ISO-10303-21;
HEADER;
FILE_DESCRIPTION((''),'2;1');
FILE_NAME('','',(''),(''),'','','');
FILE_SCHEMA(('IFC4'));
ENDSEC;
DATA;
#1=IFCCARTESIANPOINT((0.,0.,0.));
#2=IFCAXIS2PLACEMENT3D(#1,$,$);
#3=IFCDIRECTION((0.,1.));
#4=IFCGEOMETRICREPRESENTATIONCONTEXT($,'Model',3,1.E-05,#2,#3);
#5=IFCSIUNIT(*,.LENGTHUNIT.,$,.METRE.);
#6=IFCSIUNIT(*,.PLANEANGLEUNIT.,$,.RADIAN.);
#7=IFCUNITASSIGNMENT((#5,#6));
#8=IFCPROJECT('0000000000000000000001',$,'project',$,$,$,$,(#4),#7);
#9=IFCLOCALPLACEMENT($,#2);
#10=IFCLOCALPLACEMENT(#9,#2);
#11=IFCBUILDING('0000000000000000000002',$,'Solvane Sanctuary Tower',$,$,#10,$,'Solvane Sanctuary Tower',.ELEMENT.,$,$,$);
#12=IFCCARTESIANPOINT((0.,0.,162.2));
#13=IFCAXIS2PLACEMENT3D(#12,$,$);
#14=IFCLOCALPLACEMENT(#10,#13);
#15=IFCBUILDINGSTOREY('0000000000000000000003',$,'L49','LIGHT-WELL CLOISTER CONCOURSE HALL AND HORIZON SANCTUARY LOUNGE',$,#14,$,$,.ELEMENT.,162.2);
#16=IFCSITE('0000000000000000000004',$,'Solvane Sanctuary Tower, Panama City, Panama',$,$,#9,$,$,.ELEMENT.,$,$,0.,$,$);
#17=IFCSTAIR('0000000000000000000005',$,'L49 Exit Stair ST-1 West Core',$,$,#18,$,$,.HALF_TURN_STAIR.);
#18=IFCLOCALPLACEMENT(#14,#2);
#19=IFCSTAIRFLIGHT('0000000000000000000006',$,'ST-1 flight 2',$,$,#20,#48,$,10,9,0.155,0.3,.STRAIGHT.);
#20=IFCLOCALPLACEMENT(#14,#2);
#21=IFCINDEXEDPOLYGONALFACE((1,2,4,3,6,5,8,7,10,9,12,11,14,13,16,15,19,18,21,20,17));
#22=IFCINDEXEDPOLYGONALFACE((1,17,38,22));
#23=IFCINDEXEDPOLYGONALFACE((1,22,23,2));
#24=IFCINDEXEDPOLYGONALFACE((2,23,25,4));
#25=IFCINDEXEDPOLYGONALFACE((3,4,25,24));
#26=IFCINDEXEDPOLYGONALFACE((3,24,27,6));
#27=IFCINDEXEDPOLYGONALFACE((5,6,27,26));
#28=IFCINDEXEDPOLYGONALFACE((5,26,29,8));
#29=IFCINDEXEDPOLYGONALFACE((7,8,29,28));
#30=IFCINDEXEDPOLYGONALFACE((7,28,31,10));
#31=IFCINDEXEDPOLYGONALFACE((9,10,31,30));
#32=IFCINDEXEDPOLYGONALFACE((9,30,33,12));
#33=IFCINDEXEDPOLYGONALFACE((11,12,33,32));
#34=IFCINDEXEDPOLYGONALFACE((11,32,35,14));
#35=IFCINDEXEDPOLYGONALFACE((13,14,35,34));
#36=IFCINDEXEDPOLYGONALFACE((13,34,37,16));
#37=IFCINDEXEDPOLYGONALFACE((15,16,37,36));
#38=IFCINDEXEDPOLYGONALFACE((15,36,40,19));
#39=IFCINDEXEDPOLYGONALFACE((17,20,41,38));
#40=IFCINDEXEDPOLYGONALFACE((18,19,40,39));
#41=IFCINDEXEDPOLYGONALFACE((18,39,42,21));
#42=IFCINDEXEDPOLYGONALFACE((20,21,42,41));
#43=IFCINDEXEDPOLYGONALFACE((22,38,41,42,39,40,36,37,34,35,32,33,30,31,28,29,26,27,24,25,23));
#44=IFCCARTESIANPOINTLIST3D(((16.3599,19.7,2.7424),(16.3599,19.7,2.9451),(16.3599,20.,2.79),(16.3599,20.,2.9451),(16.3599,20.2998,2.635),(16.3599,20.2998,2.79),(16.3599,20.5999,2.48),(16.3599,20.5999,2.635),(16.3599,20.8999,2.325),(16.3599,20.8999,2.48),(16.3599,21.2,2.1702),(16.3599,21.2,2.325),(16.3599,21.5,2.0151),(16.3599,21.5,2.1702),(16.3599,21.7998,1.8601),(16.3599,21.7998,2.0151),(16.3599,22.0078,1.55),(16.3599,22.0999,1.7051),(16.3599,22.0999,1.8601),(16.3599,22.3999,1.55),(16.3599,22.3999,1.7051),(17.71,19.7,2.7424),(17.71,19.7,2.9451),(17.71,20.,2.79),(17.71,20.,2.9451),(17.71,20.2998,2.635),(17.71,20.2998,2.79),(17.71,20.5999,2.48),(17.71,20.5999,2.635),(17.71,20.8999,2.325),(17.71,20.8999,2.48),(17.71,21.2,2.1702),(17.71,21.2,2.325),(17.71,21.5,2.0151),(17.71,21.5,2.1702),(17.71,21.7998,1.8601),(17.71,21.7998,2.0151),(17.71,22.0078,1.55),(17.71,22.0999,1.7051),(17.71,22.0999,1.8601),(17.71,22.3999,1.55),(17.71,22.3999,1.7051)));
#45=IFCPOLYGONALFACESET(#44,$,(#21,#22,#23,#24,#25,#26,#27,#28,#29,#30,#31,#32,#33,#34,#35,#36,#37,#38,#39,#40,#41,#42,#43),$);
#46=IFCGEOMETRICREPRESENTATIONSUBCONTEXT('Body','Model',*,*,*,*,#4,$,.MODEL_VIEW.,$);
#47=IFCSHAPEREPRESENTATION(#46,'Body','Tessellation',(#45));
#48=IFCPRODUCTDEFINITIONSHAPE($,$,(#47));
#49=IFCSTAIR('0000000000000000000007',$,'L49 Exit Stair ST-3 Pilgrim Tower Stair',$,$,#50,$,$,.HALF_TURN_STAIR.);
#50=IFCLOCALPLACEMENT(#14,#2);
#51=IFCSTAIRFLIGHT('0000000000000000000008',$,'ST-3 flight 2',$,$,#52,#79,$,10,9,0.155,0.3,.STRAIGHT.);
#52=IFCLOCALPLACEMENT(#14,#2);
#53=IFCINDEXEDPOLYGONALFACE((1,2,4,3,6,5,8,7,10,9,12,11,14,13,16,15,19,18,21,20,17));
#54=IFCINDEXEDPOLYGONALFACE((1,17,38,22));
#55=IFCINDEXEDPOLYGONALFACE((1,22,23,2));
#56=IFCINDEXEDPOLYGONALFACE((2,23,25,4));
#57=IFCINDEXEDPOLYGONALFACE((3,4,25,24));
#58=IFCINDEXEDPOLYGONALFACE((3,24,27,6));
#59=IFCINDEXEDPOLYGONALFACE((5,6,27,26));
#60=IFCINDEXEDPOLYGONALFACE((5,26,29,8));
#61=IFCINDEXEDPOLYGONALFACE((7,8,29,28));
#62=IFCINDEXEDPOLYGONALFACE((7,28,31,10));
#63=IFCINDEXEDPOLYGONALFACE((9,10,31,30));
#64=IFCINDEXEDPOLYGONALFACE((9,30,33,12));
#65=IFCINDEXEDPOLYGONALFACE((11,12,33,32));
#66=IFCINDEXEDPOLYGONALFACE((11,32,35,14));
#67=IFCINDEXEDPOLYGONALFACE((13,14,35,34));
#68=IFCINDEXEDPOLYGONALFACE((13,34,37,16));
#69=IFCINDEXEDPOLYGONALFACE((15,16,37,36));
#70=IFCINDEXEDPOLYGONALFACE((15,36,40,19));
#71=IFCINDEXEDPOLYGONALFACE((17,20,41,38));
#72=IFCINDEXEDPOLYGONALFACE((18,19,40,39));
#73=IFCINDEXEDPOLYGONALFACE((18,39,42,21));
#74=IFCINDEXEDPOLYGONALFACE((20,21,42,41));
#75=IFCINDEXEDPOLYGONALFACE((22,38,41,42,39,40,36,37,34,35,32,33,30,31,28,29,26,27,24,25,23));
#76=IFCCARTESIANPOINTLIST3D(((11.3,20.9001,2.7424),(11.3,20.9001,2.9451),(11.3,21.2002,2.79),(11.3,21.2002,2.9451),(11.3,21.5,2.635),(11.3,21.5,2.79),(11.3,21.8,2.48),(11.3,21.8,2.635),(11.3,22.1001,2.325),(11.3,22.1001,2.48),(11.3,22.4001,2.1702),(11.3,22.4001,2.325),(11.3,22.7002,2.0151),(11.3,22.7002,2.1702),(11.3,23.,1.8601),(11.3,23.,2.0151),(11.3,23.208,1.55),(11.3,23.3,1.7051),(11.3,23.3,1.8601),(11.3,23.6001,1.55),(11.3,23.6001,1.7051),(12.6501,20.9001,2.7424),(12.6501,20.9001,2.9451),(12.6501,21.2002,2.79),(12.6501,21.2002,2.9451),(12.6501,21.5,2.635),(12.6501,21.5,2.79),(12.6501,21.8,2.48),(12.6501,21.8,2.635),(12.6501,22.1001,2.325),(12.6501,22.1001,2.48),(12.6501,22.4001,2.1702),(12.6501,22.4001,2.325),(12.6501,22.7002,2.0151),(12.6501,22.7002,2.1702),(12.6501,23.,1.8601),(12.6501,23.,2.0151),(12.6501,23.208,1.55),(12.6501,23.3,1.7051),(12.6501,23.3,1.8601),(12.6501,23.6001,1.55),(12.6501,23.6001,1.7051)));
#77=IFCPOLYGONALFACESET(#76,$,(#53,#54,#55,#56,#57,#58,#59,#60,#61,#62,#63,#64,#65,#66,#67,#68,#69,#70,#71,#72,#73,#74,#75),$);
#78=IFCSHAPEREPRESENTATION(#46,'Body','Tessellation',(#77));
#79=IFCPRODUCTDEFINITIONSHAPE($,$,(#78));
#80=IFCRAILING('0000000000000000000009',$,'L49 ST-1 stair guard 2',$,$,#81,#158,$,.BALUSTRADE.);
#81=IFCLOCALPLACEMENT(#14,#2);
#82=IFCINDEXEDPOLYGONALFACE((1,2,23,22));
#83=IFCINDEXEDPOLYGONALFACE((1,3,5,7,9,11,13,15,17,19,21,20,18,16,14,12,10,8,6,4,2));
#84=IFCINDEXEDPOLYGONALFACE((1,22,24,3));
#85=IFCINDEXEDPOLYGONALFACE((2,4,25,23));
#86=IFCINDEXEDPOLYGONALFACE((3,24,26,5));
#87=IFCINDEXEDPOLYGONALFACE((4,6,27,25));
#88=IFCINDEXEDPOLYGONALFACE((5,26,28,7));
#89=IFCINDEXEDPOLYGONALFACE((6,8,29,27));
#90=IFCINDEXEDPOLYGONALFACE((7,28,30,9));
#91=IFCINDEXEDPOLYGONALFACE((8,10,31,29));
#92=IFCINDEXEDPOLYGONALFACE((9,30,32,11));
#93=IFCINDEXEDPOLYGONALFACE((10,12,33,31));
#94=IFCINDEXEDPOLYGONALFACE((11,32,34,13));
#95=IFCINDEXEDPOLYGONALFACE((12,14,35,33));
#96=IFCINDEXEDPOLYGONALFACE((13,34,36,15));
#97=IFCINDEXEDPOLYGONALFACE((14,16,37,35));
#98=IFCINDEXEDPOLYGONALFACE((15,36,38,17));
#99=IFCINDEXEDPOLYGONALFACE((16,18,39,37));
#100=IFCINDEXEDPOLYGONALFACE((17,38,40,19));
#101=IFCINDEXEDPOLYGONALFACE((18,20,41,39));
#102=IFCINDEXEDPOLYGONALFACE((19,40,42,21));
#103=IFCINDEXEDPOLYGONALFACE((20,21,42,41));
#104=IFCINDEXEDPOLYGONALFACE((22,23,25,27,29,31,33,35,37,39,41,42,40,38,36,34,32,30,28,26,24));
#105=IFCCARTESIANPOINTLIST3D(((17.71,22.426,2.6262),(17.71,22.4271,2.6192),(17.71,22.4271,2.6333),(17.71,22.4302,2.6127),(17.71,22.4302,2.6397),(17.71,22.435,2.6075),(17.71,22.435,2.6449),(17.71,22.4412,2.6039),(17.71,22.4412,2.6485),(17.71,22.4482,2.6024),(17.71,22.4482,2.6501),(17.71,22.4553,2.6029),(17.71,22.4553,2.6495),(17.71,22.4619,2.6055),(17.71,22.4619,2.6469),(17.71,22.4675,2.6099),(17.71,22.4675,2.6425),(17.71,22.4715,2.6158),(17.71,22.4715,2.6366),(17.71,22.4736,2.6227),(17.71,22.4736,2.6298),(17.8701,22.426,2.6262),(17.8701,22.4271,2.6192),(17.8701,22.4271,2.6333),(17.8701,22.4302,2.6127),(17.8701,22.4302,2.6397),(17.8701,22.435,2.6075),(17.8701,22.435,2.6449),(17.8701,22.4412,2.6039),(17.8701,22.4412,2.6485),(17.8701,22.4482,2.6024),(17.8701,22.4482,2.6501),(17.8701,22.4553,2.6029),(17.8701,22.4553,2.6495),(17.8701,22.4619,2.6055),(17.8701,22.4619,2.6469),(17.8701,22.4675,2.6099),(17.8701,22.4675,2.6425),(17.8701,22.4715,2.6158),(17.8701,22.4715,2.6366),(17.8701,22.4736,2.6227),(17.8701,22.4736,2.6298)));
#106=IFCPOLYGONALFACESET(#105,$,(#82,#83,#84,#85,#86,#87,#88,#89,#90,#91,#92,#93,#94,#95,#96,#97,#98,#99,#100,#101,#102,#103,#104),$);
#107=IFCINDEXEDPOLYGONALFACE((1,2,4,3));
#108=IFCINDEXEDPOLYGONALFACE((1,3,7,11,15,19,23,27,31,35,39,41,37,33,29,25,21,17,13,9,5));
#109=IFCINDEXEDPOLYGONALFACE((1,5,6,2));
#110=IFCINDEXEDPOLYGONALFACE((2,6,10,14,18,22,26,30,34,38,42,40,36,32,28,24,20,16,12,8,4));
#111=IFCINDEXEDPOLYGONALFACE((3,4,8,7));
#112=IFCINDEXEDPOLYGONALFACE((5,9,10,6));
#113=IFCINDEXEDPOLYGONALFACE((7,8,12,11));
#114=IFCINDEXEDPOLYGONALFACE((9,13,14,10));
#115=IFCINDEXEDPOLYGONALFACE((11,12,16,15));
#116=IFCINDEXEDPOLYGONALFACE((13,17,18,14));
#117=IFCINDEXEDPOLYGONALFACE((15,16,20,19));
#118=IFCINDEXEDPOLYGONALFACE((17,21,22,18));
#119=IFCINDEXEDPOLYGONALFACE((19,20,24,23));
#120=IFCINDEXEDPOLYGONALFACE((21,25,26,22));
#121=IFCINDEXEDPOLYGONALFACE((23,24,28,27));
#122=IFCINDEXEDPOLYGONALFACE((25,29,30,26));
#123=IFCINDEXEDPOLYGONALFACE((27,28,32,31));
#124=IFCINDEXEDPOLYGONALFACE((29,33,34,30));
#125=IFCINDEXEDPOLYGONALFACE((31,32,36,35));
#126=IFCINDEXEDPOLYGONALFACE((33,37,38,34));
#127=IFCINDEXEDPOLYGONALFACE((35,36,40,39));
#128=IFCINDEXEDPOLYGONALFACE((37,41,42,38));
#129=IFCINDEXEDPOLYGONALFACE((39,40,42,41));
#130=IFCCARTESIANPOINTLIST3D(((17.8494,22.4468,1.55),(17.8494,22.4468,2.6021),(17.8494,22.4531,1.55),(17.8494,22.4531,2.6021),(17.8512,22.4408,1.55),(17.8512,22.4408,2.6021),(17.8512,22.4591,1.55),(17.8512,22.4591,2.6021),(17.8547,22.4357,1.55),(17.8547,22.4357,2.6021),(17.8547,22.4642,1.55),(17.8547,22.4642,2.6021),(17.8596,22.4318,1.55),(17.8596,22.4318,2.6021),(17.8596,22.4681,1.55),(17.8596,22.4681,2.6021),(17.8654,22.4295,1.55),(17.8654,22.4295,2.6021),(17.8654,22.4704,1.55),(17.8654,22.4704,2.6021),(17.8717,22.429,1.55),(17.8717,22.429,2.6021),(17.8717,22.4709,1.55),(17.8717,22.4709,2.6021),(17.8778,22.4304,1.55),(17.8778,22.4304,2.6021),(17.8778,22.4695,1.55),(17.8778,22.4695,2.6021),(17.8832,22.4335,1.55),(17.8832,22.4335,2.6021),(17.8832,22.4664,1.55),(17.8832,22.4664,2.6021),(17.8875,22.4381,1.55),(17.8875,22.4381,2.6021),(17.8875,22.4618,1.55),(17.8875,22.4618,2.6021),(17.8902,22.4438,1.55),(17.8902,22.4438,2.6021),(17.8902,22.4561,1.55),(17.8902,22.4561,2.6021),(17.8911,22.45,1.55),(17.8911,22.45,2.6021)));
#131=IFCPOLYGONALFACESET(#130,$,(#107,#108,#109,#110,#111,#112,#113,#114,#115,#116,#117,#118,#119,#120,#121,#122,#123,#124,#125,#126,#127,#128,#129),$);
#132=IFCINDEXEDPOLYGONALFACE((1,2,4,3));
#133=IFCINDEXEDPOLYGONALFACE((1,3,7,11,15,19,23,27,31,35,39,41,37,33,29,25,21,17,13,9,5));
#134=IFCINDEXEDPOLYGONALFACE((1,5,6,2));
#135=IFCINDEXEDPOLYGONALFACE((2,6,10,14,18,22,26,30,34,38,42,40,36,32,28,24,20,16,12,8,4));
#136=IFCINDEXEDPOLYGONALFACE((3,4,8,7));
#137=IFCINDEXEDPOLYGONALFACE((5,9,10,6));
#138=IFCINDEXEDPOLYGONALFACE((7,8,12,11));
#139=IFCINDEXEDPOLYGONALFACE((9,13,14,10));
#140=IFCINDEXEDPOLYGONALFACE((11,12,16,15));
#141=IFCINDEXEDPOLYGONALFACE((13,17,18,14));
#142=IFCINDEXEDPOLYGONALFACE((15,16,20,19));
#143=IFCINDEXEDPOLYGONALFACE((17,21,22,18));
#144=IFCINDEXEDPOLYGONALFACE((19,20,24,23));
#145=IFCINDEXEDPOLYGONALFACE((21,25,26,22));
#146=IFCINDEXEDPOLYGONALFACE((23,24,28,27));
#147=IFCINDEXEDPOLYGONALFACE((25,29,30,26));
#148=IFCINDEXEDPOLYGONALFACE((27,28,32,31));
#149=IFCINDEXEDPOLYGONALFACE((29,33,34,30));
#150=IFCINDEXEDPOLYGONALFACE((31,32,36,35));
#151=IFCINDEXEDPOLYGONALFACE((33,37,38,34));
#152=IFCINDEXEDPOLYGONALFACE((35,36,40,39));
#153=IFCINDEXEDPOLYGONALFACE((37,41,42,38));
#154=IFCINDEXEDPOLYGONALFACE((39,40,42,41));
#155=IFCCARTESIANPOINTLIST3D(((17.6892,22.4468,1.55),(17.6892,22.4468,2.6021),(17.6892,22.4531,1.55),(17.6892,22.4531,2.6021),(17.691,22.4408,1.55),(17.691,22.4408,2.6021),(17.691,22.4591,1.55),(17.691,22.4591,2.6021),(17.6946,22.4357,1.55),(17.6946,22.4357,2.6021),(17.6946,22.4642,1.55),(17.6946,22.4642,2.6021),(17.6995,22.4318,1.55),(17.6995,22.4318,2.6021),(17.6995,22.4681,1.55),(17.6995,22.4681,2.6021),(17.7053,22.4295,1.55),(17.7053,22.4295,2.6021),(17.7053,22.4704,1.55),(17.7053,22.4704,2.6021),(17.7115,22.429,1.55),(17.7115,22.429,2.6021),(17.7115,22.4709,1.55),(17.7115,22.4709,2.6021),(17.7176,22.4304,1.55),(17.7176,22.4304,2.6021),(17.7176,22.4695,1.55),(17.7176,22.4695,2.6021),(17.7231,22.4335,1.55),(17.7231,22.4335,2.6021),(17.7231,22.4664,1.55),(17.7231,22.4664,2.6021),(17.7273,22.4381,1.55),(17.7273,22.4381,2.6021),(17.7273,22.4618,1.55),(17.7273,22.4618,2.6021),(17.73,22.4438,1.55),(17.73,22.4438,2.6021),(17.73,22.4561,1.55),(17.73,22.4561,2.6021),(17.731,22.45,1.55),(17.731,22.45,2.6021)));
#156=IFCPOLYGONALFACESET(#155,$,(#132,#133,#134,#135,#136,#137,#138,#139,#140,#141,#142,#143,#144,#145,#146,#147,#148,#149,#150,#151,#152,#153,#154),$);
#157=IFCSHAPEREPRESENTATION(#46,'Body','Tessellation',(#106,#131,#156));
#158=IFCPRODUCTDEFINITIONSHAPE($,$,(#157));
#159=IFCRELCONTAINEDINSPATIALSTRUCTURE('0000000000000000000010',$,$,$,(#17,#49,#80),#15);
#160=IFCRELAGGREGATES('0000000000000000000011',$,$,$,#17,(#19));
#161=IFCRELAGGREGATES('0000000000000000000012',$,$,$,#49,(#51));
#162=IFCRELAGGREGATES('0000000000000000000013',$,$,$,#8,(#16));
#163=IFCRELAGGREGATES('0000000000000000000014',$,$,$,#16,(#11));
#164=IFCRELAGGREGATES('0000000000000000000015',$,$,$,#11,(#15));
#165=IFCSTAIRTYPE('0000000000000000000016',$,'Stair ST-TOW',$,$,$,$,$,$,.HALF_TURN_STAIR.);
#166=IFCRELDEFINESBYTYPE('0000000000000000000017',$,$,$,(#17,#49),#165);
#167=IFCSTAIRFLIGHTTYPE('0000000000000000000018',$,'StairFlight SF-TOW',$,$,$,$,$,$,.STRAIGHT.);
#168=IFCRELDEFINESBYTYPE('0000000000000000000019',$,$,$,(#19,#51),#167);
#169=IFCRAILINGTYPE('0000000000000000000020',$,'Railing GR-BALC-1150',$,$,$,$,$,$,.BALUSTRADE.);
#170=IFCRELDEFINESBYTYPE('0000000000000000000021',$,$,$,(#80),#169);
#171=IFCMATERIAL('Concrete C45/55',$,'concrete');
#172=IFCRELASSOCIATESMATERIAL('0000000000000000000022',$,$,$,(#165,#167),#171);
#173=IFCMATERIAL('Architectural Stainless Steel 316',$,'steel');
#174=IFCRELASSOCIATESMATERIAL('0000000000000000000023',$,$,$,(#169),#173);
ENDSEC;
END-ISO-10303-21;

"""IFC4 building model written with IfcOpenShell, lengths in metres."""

from ifc_helpers import new_model, si_unit, direction, frame, origin, origin_2d, place, context, subcontext, project, spatial, polyline, circle, outline, extrude, material, type_object, element, aggregate, save


model = new_model("IFC4")

# Units and contexts
model_context = context("Model", 3, precision=1e-05, world=origin(), true_north=direction((0.0, 1.0)))
body_context = subcontext(model_context, "Body", "Model", "MODEL_VIEW")
ifc_project = project(units=[si_unit("LENGTHUNIT", "METRE"), si_unit("PLANEANGLEUNIT", "RADIAN")], contexts=[model_context])

# Site, building, storey
site_placement = place(None, origin())
site = spatial("IfcSite", under=ifc_project, at=site_placement, Name="Solvane Sanctuary Tower, Panama City, Panama", CompositionType="ELEMENT", RefElevation=0.0)
building_placement = place(site_placement, origin())
building = spatial("IfcBuilding", under=site, at=building_placement, Name="Solvane Sanctuary Tower", LongName="Solvane Sanctuary Tower", CompositionType="ELEMENT")
storey_placement = place(building_placement, frame((0.0, 0.0, 162.2)))
storey = spatial("IfcBuildingStorey", under=building, at=storey_placement, Name="L49", Description="LIGHT-WELL CLOISTER CONCOURSE HALL AND HORIZON SANCTUARY LOUNGE", CompositionType="ELEMENT", Elevation=162.2)

# Stairs, stair flights
ifc_material_1 = material(Name="Concrete C45/55", Category="concrete")
stair_type = type_object("IfcStairType", Name="Stair ST-TOW", PredefinedType="HALF_TURN_STAIR", material=ifc_material_1)
stair_1_placement = place(storey_placement, origin())
stair_1 = element("IfcStair", 1, at=stair_1_placement, inside=storey, type_object=stair_type, Name="L49 Exit Stair ST-1 West Core", PredefinedType="HALF_TURN_STAIR")
stair_flight_type = type_object("IfcStairFlightType", Name="StairFlight SF-TOW", PredefinedType="STRAIGHT", material=ifc_material_1)
stair_flight_1_placement = place(storey_placement, frame((17.0349, 22.3999, 1.55), z_axis=(0.0, 0.0, 1.0), x_axis=(0.0, -1.0, 0.0)))
stair_flight_1 = element("IfcStairFlight", 2, at=stair_flight_1_placement, type_object=stair_flight_type, Name="ST-1 flight 2", NumberOfRisers=10, NumberOfTreads=9, PredefinedType="STRAIGHT", RiserHeight=0.155, TreadLength=0.3, context=body_context, shape_type="SweptSolid", body=[
    extrude(outline(polyline([(0.0, 0.0), (0.0, 0.155), (0.3, 0.155), (0.3, 0.3101), (0.6001, 0.3101), (0.6001, 0.4651), (0.8999, 0.4651), (0.8999, 0.6201), (1.2, 0.6201), (1.2, 0.7749), (1.5, 0.7749), (1.5, 0.9299), (1.8, 0.9299), (1.8, 1.085), (2.1001, 1.085), (2.1001, 1.24), (2.3999, 1.24), (2.3999, 1.395), (2.7, 1.395), (2.7, 1.55), (2.7, 1.1924), (0.3921, 0.0), (0.0, 0.0)])), frame((0.0, 0.675, 0.0), z_axis=(0.0, -1.0, 0.0), x_axis=(1.0, 0.0, 0.0)), (0.0, 0.0, 1.0), 1.3501),
])
aggregate(stair_1, [stair_flight_1])
stair_2_placement = place(storey_placement, origin())
stair_2 = element("IfcStair", 3, at=stair_2_placement, inside=storey, type_object=stair_type, Name="L49 Exit Stair ST-3 Pilgrim Tower Stair", PredefinedType="HALF_TURN_STAIR")
stair_flight_2_placement = place(storey_placement, frame((11.9751, 23.6001, 1.55), z_axis=(0.0, 0.0, 1.0), x_axis=(0.0, -1.0, 0.0)))
stair_flight_2 = element("IfcStairFlight", 4, at=stair_flight_2_placement, type_object=stair_flight_type, Name="ST-3 flight 2", NumberOfRisers=10, NumberOfTreads=9, PredefinedType="STRAIGHT", RiserHeight=0.155, TreadLength=0.3, context=body_context, shape_type="SweptSolid", body=[
    extrude(outline(polyline([(0.0, 0.0), (0.0, 0.155), (0.3, 0.155), (0.3, 0.3101), (0.6001, 0.3101), (0.6001, 0.4651), (0.8999, 0.4651), (0.8999, 0.6201), (1.2, 0.6201), (1.2, 0.7749), (1.5, 0.7749), (1.5, 0.9299), (1.8, 0.9299), (1.8, 1.085), (2.1001, 1.085), (2.1001, 1.24), (2.3999, 1.24), (2.3999, 1.395), (2.7, 1.395), (2.7, 1.55), (2.7, 1.1924), (0.3921, 0.0), (0.0, 0.0)])), frame((0.0, 0.675, 0.0), z_axis=(0.0, -1.0, 0.0), x_axis=(1.0, 0.0, 0.0)), (0.0, 0.0, 1.0), 1.3501),
])
aggregate(stair_2, [stair_flight_2])

# Railing
ifc_material_2 = material(Name="Architectural Stainless Steel 316", Category="steel")
railing_type_1 = type_object("IfcRailingType", Name="Railing GR-BALC-1150", PredefinedType="BALUSTRADE", material=ifc_material_2)
railing_1_placement = place(storey_placement, frame((17.8701, 22.45, 1.55)))
element("IfcRailing", 5, at=railing_1_placement, inside=storey, type_object=railing_type_1, Name="L49 ST-1 stair guard 2", PredefinedType="BALUSTRADE", context=body_context, shape_type="SweptSolid", body=[
    extrude(circle(Radius=0.0239, at=origin_2d()), frame((0.0, 0.0, 1.0762), z_axis=(-1.0, 0.0, 0.0), x_axis=(0.0, -1.0, 0.0)), (0.0, 0.0, 1.0), 0.1602),
    extrude(circle(Radius=0.021, at=origin_2d()), origin(), (0.0, 0.0, 1.0), 1.052),
    extrude(circle(Radius=0.021, at=origin_2d()), frame((-0.1602, 0.0, 0.0)), (0.0, 0.0, 1.0), 1.052),
])

save(model, "model.ifc")
